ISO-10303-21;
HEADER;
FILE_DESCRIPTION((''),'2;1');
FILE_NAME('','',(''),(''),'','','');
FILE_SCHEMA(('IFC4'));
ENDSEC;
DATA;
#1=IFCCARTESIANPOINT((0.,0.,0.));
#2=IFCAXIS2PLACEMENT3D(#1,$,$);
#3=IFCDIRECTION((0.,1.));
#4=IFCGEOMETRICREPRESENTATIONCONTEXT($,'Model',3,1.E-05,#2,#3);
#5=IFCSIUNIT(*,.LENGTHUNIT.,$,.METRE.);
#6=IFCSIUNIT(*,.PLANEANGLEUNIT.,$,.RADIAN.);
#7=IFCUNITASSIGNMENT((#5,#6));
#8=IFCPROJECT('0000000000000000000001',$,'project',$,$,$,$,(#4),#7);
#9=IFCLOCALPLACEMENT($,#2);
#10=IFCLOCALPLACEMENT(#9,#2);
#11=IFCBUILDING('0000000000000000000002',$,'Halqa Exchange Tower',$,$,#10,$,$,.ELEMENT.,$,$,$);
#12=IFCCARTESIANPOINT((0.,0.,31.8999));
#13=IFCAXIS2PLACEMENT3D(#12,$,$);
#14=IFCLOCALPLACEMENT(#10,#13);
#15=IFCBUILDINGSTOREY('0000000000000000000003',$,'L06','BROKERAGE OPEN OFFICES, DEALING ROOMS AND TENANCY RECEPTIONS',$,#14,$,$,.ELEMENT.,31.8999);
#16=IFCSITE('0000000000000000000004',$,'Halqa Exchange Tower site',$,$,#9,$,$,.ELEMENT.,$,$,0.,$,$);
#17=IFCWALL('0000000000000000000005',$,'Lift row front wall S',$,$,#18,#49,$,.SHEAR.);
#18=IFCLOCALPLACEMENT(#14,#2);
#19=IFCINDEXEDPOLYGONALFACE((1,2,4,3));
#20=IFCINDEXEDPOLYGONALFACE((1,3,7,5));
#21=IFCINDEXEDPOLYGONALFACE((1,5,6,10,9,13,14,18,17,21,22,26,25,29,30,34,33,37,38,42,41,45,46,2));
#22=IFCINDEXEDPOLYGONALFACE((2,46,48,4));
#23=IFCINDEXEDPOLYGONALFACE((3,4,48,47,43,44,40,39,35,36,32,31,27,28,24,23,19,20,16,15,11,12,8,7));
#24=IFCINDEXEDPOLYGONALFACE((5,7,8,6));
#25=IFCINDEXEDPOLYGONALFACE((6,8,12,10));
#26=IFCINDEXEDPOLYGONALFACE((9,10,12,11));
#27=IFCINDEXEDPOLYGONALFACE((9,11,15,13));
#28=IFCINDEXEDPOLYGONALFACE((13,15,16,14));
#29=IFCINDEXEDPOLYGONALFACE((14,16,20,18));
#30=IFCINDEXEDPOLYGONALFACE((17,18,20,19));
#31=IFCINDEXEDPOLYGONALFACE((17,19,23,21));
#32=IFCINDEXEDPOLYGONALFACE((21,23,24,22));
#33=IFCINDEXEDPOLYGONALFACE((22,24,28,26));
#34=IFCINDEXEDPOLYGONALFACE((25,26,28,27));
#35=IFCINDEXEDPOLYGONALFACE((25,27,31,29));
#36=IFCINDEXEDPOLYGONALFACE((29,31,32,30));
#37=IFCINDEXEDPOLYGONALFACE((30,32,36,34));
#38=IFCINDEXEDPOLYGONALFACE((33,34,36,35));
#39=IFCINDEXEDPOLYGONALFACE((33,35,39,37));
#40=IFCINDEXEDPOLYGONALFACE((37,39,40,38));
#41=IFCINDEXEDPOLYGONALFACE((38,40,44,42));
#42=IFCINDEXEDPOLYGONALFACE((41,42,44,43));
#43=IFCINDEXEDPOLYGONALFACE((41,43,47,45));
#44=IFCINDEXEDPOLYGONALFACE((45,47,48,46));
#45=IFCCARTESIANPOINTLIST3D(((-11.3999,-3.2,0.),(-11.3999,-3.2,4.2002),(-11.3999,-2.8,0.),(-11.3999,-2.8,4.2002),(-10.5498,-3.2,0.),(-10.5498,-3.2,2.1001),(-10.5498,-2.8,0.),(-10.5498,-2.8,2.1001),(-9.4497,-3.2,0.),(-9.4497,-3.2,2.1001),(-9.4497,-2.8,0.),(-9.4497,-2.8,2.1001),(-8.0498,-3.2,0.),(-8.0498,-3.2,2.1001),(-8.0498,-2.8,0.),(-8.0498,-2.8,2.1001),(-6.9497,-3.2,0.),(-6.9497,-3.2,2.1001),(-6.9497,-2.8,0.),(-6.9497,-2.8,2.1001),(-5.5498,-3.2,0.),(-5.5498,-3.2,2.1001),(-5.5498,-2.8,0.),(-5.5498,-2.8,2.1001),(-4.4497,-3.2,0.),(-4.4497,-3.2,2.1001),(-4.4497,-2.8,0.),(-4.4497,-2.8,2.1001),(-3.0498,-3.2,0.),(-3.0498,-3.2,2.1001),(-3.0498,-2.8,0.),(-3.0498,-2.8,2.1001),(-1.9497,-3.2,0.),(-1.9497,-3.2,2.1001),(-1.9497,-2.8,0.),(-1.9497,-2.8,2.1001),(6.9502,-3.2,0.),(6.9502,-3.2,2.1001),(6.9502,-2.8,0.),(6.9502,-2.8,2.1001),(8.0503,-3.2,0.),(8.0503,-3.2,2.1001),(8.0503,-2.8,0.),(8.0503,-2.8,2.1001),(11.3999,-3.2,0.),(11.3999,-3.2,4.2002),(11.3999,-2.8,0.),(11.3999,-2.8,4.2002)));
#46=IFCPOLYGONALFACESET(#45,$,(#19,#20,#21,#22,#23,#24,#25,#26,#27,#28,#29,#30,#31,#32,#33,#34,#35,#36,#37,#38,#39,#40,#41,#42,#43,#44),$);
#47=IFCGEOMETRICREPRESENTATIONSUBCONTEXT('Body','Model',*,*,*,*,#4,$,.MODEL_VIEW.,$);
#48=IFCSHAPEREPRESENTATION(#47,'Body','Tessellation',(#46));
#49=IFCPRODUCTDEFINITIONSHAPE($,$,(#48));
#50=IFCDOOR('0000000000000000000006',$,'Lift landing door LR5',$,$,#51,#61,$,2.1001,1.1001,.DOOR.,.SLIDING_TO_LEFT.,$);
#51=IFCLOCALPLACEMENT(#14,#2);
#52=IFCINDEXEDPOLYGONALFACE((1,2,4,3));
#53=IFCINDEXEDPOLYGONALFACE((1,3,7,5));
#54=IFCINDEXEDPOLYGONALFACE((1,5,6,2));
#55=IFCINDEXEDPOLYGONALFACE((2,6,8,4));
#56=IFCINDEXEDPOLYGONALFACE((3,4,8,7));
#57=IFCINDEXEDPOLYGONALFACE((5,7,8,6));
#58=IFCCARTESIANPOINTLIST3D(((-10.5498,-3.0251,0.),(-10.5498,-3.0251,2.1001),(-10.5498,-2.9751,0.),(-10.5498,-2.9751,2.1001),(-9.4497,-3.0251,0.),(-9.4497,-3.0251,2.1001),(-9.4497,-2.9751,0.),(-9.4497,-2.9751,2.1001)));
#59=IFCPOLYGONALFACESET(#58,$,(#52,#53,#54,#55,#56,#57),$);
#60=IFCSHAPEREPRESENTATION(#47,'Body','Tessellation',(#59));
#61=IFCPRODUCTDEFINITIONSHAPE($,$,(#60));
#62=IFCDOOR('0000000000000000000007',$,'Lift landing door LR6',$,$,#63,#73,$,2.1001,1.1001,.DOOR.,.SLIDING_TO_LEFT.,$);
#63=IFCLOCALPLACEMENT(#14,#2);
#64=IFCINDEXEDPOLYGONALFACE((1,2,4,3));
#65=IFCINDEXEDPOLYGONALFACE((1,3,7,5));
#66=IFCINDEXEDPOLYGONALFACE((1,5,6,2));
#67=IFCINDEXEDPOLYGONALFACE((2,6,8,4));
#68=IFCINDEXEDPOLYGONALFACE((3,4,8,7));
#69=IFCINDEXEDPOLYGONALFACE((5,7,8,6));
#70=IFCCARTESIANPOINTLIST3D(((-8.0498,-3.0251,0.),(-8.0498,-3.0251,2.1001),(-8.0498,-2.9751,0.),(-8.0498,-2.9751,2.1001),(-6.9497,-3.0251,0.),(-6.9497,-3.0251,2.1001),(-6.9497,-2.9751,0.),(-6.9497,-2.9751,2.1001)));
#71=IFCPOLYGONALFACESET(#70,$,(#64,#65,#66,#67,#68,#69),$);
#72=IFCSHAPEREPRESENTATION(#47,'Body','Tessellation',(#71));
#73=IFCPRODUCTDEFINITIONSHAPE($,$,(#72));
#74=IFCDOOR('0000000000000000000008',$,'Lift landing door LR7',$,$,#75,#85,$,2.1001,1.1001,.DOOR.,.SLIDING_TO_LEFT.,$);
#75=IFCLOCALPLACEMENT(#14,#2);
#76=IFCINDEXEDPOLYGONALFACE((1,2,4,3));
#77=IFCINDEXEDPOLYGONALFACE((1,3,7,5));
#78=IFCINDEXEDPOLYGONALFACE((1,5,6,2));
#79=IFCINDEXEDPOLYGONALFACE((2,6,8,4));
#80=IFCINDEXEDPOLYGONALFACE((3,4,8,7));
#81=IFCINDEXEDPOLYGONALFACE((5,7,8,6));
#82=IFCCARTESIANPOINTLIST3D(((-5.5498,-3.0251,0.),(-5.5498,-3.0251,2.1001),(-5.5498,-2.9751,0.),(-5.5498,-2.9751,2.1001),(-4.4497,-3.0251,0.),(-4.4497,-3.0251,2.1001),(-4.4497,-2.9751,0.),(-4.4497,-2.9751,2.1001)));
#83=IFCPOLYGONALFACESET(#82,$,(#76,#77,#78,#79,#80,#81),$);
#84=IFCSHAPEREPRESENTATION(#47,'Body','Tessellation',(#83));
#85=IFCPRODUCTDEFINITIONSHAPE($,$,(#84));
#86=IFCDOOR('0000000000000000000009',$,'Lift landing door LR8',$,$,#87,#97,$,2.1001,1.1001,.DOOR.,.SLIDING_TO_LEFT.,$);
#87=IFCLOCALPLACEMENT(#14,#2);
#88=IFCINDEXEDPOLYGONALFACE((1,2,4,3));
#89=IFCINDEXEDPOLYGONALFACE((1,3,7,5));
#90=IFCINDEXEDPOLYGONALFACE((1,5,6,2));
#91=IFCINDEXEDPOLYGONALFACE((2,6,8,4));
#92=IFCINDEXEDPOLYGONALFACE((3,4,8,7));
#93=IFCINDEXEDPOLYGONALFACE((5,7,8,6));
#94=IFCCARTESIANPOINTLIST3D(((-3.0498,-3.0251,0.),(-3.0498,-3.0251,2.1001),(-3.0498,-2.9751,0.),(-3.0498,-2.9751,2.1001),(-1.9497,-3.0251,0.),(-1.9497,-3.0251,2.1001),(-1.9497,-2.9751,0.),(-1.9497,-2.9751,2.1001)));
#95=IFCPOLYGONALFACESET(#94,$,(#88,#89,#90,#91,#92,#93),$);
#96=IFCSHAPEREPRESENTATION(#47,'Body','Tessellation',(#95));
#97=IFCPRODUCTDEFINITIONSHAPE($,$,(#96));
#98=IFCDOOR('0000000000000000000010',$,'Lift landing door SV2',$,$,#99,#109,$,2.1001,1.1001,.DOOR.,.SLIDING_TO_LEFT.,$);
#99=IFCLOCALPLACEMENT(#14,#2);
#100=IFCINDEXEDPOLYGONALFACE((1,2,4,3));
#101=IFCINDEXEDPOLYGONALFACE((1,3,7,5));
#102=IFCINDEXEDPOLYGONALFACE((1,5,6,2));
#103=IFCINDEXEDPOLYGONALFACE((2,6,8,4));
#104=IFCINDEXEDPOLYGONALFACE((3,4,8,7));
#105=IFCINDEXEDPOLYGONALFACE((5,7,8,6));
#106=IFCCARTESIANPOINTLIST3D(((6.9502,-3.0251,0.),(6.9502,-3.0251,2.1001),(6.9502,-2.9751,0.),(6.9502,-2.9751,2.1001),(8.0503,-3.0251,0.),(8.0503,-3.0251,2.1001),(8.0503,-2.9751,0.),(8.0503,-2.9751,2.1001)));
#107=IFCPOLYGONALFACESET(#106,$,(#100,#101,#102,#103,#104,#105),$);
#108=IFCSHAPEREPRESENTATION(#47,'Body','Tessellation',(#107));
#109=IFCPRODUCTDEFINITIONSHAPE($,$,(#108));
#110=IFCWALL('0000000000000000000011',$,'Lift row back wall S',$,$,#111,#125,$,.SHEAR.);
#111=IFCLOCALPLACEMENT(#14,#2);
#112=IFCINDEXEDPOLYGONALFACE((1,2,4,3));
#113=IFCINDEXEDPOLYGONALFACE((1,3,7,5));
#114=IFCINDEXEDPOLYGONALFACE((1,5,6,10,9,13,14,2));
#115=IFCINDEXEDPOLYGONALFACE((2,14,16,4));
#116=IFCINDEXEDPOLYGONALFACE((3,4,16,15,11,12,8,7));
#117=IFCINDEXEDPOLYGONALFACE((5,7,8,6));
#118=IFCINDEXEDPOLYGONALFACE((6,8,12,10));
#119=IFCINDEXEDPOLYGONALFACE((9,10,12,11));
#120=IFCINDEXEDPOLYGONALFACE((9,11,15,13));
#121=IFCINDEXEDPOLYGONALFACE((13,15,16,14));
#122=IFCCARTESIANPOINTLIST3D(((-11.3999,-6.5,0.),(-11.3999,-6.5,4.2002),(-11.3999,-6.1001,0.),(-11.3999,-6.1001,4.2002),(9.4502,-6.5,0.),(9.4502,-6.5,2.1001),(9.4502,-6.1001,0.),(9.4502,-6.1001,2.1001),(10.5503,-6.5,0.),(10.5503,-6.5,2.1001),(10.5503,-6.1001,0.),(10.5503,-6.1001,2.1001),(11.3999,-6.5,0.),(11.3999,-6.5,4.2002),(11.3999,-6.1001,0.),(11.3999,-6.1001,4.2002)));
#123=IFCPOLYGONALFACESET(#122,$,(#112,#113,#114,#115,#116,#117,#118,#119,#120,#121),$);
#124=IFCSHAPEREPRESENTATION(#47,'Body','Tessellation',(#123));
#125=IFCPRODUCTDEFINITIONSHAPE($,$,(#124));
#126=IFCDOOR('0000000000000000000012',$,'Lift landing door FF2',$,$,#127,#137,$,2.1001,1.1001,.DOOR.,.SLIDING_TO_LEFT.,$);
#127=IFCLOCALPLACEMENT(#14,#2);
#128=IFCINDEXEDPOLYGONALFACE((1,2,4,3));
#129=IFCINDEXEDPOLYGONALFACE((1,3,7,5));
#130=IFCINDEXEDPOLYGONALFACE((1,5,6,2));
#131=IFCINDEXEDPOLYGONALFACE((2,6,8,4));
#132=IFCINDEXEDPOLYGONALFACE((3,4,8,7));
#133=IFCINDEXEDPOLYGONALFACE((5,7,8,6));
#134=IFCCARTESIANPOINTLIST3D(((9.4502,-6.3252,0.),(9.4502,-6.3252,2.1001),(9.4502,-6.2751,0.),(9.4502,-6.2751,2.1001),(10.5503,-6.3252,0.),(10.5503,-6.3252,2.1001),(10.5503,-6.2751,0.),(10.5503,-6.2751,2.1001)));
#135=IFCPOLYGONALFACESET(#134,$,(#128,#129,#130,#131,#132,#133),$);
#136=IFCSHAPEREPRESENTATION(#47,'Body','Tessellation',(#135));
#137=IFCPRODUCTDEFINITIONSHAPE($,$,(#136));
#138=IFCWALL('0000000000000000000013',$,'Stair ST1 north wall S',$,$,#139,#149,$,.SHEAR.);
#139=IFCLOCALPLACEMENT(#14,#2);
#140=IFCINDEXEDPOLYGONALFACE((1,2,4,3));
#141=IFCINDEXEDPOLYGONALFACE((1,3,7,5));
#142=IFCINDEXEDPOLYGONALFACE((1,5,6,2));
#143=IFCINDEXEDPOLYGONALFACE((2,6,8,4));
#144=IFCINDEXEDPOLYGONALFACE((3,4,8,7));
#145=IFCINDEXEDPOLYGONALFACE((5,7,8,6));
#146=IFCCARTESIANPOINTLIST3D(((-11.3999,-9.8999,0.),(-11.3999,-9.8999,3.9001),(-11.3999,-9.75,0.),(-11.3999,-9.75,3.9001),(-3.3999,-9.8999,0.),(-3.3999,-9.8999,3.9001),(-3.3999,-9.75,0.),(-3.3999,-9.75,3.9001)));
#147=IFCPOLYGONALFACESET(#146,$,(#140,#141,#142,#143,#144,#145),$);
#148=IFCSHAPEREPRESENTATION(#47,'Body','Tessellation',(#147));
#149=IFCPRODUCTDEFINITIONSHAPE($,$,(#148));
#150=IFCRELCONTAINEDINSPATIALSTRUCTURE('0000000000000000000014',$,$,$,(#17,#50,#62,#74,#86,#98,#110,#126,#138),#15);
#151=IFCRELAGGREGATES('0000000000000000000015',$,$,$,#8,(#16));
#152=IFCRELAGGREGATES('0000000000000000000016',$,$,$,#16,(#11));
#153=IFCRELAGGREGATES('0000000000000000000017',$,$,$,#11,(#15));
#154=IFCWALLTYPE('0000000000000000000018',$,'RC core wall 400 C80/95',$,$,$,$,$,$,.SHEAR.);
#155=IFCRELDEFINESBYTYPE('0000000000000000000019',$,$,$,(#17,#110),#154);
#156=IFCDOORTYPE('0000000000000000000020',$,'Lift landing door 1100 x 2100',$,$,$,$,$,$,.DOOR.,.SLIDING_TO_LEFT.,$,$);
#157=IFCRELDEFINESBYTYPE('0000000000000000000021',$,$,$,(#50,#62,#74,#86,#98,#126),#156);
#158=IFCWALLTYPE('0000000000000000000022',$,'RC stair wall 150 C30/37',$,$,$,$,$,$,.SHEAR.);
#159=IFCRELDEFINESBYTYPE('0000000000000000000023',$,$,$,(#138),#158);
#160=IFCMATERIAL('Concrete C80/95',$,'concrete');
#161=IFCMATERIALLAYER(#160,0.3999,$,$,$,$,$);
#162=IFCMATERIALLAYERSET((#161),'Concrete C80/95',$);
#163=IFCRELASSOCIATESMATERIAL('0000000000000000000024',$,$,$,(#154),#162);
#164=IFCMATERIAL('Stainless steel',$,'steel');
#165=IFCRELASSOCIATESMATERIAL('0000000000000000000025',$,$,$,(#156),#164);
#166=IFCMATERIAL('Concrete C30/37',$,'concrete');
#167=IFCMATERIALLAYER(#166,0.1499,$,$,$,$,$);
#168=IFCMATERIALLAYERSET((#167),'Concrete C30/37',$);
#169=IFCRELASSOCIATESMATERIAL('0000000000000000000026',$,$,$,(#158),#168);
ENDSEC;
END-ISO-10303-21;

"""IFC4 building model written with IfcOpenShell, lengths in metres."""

from ifc_helpers import new_model, si_unit, direction, frame, frame_2d, origin, place, context, subcontext, project, spatial, rectangle, extrude, material, layer, layer_set, type_object, element, fill, save


model = new_model("IFC4")

# Units and contexts
model_context = context("Model", 3, precision=1e-05, world=origin(), true_north=direction((0.0, 1.0)))
body_context = subcontext(model_context, "Body", "Model", "MODEL_VIEW")
ifc_project = project(units=[si_unit("LENGTHUNIT", "METRE"), si_unit("PLANEANGLEUNIT", "RADIAN")], contexts=[model_context])

# Site, building, storey
site_placement = place(None, origin())
site = spatial("IfcSite", under=ifc_project, at=site_placement, Name="Halqa Exchange Tower site", CompositionType="ELEMENT", RefElevation=0.0)
building_placement = place(site_placement, origin())
building = spatial("IfcBuilding", under=site, at=building_placement, Name="Halqa Exchange Tower", CompositionType="ELEMENT")
storey_placement = place(building_placement, frame((0.0, 0.0, 31.8999)))
storey = spatial("IfcBuildingStorey", under=building, at=storey_placement, Name="L06", Description="BROKERAGE OPEN OFFICES, DEALING ROOMS AND TENANCY RECEPTIONS", CompositionType="ELEMENT", Elevation=31.8999)

# Wall, openings, doors
ifc_material_1 = material(Name="Concrete C80/95", Category="concrete")
ifc_layer_1 = layer(ifc_material_1, 0.3999)
ifc_layer_set_1 = layer_set([ifc_layer_1], Name="Concrete C80/95")
wall_type_1 = type_object("IfcWallType", Name="RC core wall 400 C80/95", PredefinedType="SHEAR", material=ifc_layer_set_1)
wall_1_placement = place(storey_placement, frame((-11.3999, -3.0, 0.0), z_axis=(0.0, 0.0, 1.0), x_axis=(1.0, 0.0, 0.0)))
wall_1 = element("IfcWall", 1, at=wall_1_placement, inside=storey, type_object=wall_type_1, Name="Lift row front wall S", PredefinedType="SHEAR", context=body_context, shape_type="SweptSolid", body=[
    extrude(rectangle(XDim=22.7998, YDim=0.3999, at=frame_2d((11.3999, 0.0))), origin(), (0.0, 0.0, 1.0), 4.2002),
])
opening_1_placement = place(wall_1_placement, frame((0.8501, 0.0, 0.0)))
opening_1 = element("IfcOpeningElement", 2, at=opening_1_placement, cuts=wall_1, PredefinedType="OPENING", context=body_context, shape_type="SweptSolid", body=[
    extrude(rectangle(XDim=1.1001, YDim=2.1001, at=frame_2d((0.55, 1.05))), frame((0.0, 0.2119, 0.0), z_axis=(0.0, -1.0, 0.0), x_axis=(1.0, 0.0, 0.0)), (0.0, 0.0, 1.0), 0.4238),
])
opening_2_placement = place(wall_1_placement, frame((3.3501, 0.0, 0.0)))
opening_2 = element("IfcOpeningElement", 3, at=opening_2_placement, cuts=wall_1, PredefinedType="OPENING", context=body_context, shape_type="SweptSolid", body=[
    extrude(rectangle(XDim=1.1001, YDim=2.1001, at=frame_2d((0.55, 1.05))), frame((0.0, 0.2119, 0.0), z_axis=(0.0, -1.0, 0.0), x_axis=(1.0, 0.0, 0.0)), (0.0, 0.0, 1.0), 0.4238),
])
opening_3_placement = place(wall_1_placement, frame((5.8501, 0.0, 0.0)))
opening_3 = element("IfcOpeningElement", 4, at=opening_3_placement, cuts=wall_1, PredefinedType="OPENING", context=body_context, shape_type="SweptSolid", body=[
    extrude(rectangle(XDim=1.1001, YDim=2.1001, at=frame_2d((0.55, 1.05))), frame((0.0, 0.2119, 0.0), z_axis=(0.0, -1.0, 0.0), x_axis=(1.0, 0.0, 0.0)), (0.0, 0.0, 1.0), 0.4238),
])
opening_4_placement = place(wall_1_placement, frame((8.3501, 0.0, 0.0)))
opening_4 = element("IfcOpeningElement", 5, at=opening_4_placement, cuts=wall_1, PredefinedType="OPENING", context=body_context, shape_type="SweptSolid", body=[
    extrude(rectangle(XDim=1.1001, YDim=2.1001, at=frame_2d((0.55, 1.05))), frame((0.0, 0.2119, 0.0), z_axis=(0.0, -1.0, 0.0), x_axis=(1.0, 0.0, 0.0)), (0.0, 0.0, 1.0), 0.4238),
])
opening_5_placement = place(wall_1_placement, frame((18.3501, 0.0, 0.0)))
opening_5 = element("IfcOpeningElement", 6, at=opening_5_placement, cuts=wall_1, PredefinedType="OPENING", context=body_context, shape_type="SweptSolid", body=[
    extrude(rectangle(XDim=1.1001, YDim=2.1001, at=frame_2d((0.55, 1.05))), frame((0.0, 0.2119, 0.0), z_axis=(0.0, -1.0, 0.0), x_axis=(1.0, 0.0, 0.0)), (0.0, 0.0, 1.0), 0.4238),
])
ifc_material_2 = material(Name="Stainless steel", Category="steel")
door_type = type_object("IfcDoorType", Name="Lift landing door 1100 x 2100", OperationType="SLIDING_TO_LEFT", PredefinedType="DOOR", material=ifc_material_2)
door_1_placement = place(opening_1_placement, origin())
door_1 = element("IfcDoor", 7, at=door_1_placement, inside=storey, type_object=door_type, Name="Lift landing door LR5", OperationType="SLIDING_TO_LEFT", OverallHeight=2.1001, OverallWidth=1.1001, PredefinedType="DOOR", context=body_context, shape_type="SweptSolid", body=[
    extrude(rectangle(XDim=1.1001, YDim=2.1001, at=frame_2d((0.55, 1.05))), frame((0.0, 0.0249, 0.0), z_axis=(0.0, -1.0, 0.0), x_axis=(1.0, 0.0, 0.0)), (0.0, 0.0, 1.0), 0.05),
])
fill(opening_1, door_1)
door_2_placement = place(opening_2_placement, origin())
door_2 = element("IfcDoor", 8, at=door_2_placement, inside=storey, type_object=door_type, Name="Lift landing door LR6", OperationType="SLIDING_TO_LEFT", OverallHeight=2.1001, OverallWidth=1.1001, PredefinedType="DOOR", context=body_context, shape_type="SweptSolid", body=[
    extrude(rectangle(XDim=1.1001, YDim=2.1001, at=frame_2d((0.55, 1.05))), frame((0.0, 0.0249, 0.0), z_axis=(0.0, -1.0, 0.0), x_axis=(1.0, 0.0, 0.0)), (0.0, 0.0, 1.0), 0.05),
])
fill(opening_2, door_2)
door_3_placement = place(opening_3_placement, origin())
door_3 = element("IfcDoor", 9, at=door_3_placement, inside=storey, type_object=door_type, Name="Lift landing door LR7", OperationType="SLIDING_TO_LEFT", OverallHeight=2.1001, OverallWidth=1.1001, PredefinedType="DOOR", context=body_context, shape_type="SweptSolid", body=[
    extrude(rectangle(XDim=1.1001, YDim=2.1001, at=frame_2d((0.55, 1.05))), frame((0.0, 0.0249, 0.0), z_axis=(0.0, -1.0, 0.0), x_axis=(1.0, 0.0, 0.0)), (0.0, 0.0, 1.0), 0.05),
])
fill(opening_3, door_3)
door_4_placement = place(opening_4_placement, origin())
door_4 = element("IfcDoor", 10, at=door_4_placement, inside=storey, type_object=door_type, Name="Lift landing door LR8", OperationType="SLIDING_TO_LEFT", OverallHeight=2.1001, OverallWidth=1.1001, PredefinedType="DOOR", context=body_context, shape_type="SweptSolid", body=[
    extrude(rectangle(XDim=1.1001, YDim=2.1001, at=frame_2d((0.55, 1.05))), frame((0.0, 0.0249, 0.0), z_axis=(0.0, -1.0, 0.0), x_axis=(1.0, 0.0, 0.0)), (0.0, 0.0, 1.0), 0.05),
])
fill(opening_4, door_4)
door_5_placement = place(opening_5_placement, origin())
door_5 = element("IfcDoor", 11, at=door_5_placement, inside=storey, type_object=door_type, Name="Lift landing door SV2", OperationType="SLIDING_TO_LEFT", OverallHeight=2.1001, OverallWidth=1.1001, PredefinedType="DOOR", context=body_context, shape_type="SweptSolid", body=[
    extrude(rectangle(XDim=1.1001, YDim=2.1001, at=frame_2d((0.55, 1.05))), frame((0.0, 0.0249, 0.0), z_axis=(0.0, -1.0, 0.0), x_axis=(1.0, 0.0, 0.0)), (0.0, 0.0, 1.0), 0.05),
])
fill(opening_5, door_5)

# Wall, opening, door
wall_2_placement = place(storey_placement, frame((-11.3999, -6.3, 0.0), z_axis=(0.0, 0.0, 1.0), x_axis=(1.0, 0.0, 0.0)))
wall_2 = element("IfcWall", 12, at=wall_2_placement, inside=storey, type_object=wall_type_1, Name="Lift row back wall S", PredefinedType="SHEAR", context=body_context, shape_type="SweptSolid", body=[
    extrude(rectangle(XDim=22.7998, YDim=0.3999, at=frame_2d((11.3999, 0.0))), origin(), (0.0, 0.0, 1.0), 4.2002),
])
opening_6_placement = place(wall_2_placement, frame((20.8501, 0.0, 0.0)))
opening_6 = element("IfcOpeningElement", 13, at=opening_6_placement, cuts=wall_2, PredefinedType="OPENING", context=body_context, shape_type="SweptSolid", body=[
    extrude(rectangle(XDim=1.1001, YDim=2.1001, at=frame_2d((0.55, 1.05))), frame((0.0, 0.2119, 0.0), z_axis=(0.0, -1.0, 0.0), x_axis=(1.0, 0.0, 0.0)), (0.0, 0.0, 1.0), 0.4238),
])
door_6_placement = place(opening_6_placement, origin())
door_6 = element("IfcDoor", 14, at=door_6_placement, inside=storey, type_object=door_type, Name="Lift landing door FF2", OperationType="SLIDING_TO_LEFT", OverallHeight=2.1001, OverallWidth=1.1001, PredefinedType="DOOR", context=body_context, shape_type="SweptSolid", body=[
    extrude(rectangle(XDim=1.1001, YDim=2.1001, at=frame_2d((0.55, 1.05))), frame((0.0, 0.0249, 0.0), z_axis=(0.0, -1.0, 0.0), x_axis=(1.0, 0.0, 0.0)), (0.0, 0.0, 1.0), 0.05),
])
fill(opening_6, door_6)

# Wall
ifc_material_3 = material(Name="Concrete C30/37", Category="concrete")
ifc_layer_2 = layer(ifc_material_3, 0.1499)
ifc_layer_set_2 = layer_set([ifc_layer_2], Name="Concrete C30/37")
wall_type_2 = type_object("IfcWallType", Name="RC stair wall 150 C30/37", PredefinedType="SHEAR", material=ifc_layer_set_2)
wall_3_placement = place(storey_placement, frame((-11.3999, -9.825, 0.0), z_axis=(0.0, 0.0, 1.0), x_axis=(1.0, 0.0, 0.0)))
element("IfcWall", 15, at=wall_3_placement, inside=storey, type_object=wall_type_2, Name="Stair ST1 north wall S", PredefinedType="SHEAR", context=body_context, shape_type="SweptSolid", body=[
    extrude(rectangle(XDim=8.0, YDim=0.1499, at=frame_2d((4.0, 0.0))), origin(), (0.0, 0.0, 1.0), 3.9001),
])

save(model, "model.ifc")
